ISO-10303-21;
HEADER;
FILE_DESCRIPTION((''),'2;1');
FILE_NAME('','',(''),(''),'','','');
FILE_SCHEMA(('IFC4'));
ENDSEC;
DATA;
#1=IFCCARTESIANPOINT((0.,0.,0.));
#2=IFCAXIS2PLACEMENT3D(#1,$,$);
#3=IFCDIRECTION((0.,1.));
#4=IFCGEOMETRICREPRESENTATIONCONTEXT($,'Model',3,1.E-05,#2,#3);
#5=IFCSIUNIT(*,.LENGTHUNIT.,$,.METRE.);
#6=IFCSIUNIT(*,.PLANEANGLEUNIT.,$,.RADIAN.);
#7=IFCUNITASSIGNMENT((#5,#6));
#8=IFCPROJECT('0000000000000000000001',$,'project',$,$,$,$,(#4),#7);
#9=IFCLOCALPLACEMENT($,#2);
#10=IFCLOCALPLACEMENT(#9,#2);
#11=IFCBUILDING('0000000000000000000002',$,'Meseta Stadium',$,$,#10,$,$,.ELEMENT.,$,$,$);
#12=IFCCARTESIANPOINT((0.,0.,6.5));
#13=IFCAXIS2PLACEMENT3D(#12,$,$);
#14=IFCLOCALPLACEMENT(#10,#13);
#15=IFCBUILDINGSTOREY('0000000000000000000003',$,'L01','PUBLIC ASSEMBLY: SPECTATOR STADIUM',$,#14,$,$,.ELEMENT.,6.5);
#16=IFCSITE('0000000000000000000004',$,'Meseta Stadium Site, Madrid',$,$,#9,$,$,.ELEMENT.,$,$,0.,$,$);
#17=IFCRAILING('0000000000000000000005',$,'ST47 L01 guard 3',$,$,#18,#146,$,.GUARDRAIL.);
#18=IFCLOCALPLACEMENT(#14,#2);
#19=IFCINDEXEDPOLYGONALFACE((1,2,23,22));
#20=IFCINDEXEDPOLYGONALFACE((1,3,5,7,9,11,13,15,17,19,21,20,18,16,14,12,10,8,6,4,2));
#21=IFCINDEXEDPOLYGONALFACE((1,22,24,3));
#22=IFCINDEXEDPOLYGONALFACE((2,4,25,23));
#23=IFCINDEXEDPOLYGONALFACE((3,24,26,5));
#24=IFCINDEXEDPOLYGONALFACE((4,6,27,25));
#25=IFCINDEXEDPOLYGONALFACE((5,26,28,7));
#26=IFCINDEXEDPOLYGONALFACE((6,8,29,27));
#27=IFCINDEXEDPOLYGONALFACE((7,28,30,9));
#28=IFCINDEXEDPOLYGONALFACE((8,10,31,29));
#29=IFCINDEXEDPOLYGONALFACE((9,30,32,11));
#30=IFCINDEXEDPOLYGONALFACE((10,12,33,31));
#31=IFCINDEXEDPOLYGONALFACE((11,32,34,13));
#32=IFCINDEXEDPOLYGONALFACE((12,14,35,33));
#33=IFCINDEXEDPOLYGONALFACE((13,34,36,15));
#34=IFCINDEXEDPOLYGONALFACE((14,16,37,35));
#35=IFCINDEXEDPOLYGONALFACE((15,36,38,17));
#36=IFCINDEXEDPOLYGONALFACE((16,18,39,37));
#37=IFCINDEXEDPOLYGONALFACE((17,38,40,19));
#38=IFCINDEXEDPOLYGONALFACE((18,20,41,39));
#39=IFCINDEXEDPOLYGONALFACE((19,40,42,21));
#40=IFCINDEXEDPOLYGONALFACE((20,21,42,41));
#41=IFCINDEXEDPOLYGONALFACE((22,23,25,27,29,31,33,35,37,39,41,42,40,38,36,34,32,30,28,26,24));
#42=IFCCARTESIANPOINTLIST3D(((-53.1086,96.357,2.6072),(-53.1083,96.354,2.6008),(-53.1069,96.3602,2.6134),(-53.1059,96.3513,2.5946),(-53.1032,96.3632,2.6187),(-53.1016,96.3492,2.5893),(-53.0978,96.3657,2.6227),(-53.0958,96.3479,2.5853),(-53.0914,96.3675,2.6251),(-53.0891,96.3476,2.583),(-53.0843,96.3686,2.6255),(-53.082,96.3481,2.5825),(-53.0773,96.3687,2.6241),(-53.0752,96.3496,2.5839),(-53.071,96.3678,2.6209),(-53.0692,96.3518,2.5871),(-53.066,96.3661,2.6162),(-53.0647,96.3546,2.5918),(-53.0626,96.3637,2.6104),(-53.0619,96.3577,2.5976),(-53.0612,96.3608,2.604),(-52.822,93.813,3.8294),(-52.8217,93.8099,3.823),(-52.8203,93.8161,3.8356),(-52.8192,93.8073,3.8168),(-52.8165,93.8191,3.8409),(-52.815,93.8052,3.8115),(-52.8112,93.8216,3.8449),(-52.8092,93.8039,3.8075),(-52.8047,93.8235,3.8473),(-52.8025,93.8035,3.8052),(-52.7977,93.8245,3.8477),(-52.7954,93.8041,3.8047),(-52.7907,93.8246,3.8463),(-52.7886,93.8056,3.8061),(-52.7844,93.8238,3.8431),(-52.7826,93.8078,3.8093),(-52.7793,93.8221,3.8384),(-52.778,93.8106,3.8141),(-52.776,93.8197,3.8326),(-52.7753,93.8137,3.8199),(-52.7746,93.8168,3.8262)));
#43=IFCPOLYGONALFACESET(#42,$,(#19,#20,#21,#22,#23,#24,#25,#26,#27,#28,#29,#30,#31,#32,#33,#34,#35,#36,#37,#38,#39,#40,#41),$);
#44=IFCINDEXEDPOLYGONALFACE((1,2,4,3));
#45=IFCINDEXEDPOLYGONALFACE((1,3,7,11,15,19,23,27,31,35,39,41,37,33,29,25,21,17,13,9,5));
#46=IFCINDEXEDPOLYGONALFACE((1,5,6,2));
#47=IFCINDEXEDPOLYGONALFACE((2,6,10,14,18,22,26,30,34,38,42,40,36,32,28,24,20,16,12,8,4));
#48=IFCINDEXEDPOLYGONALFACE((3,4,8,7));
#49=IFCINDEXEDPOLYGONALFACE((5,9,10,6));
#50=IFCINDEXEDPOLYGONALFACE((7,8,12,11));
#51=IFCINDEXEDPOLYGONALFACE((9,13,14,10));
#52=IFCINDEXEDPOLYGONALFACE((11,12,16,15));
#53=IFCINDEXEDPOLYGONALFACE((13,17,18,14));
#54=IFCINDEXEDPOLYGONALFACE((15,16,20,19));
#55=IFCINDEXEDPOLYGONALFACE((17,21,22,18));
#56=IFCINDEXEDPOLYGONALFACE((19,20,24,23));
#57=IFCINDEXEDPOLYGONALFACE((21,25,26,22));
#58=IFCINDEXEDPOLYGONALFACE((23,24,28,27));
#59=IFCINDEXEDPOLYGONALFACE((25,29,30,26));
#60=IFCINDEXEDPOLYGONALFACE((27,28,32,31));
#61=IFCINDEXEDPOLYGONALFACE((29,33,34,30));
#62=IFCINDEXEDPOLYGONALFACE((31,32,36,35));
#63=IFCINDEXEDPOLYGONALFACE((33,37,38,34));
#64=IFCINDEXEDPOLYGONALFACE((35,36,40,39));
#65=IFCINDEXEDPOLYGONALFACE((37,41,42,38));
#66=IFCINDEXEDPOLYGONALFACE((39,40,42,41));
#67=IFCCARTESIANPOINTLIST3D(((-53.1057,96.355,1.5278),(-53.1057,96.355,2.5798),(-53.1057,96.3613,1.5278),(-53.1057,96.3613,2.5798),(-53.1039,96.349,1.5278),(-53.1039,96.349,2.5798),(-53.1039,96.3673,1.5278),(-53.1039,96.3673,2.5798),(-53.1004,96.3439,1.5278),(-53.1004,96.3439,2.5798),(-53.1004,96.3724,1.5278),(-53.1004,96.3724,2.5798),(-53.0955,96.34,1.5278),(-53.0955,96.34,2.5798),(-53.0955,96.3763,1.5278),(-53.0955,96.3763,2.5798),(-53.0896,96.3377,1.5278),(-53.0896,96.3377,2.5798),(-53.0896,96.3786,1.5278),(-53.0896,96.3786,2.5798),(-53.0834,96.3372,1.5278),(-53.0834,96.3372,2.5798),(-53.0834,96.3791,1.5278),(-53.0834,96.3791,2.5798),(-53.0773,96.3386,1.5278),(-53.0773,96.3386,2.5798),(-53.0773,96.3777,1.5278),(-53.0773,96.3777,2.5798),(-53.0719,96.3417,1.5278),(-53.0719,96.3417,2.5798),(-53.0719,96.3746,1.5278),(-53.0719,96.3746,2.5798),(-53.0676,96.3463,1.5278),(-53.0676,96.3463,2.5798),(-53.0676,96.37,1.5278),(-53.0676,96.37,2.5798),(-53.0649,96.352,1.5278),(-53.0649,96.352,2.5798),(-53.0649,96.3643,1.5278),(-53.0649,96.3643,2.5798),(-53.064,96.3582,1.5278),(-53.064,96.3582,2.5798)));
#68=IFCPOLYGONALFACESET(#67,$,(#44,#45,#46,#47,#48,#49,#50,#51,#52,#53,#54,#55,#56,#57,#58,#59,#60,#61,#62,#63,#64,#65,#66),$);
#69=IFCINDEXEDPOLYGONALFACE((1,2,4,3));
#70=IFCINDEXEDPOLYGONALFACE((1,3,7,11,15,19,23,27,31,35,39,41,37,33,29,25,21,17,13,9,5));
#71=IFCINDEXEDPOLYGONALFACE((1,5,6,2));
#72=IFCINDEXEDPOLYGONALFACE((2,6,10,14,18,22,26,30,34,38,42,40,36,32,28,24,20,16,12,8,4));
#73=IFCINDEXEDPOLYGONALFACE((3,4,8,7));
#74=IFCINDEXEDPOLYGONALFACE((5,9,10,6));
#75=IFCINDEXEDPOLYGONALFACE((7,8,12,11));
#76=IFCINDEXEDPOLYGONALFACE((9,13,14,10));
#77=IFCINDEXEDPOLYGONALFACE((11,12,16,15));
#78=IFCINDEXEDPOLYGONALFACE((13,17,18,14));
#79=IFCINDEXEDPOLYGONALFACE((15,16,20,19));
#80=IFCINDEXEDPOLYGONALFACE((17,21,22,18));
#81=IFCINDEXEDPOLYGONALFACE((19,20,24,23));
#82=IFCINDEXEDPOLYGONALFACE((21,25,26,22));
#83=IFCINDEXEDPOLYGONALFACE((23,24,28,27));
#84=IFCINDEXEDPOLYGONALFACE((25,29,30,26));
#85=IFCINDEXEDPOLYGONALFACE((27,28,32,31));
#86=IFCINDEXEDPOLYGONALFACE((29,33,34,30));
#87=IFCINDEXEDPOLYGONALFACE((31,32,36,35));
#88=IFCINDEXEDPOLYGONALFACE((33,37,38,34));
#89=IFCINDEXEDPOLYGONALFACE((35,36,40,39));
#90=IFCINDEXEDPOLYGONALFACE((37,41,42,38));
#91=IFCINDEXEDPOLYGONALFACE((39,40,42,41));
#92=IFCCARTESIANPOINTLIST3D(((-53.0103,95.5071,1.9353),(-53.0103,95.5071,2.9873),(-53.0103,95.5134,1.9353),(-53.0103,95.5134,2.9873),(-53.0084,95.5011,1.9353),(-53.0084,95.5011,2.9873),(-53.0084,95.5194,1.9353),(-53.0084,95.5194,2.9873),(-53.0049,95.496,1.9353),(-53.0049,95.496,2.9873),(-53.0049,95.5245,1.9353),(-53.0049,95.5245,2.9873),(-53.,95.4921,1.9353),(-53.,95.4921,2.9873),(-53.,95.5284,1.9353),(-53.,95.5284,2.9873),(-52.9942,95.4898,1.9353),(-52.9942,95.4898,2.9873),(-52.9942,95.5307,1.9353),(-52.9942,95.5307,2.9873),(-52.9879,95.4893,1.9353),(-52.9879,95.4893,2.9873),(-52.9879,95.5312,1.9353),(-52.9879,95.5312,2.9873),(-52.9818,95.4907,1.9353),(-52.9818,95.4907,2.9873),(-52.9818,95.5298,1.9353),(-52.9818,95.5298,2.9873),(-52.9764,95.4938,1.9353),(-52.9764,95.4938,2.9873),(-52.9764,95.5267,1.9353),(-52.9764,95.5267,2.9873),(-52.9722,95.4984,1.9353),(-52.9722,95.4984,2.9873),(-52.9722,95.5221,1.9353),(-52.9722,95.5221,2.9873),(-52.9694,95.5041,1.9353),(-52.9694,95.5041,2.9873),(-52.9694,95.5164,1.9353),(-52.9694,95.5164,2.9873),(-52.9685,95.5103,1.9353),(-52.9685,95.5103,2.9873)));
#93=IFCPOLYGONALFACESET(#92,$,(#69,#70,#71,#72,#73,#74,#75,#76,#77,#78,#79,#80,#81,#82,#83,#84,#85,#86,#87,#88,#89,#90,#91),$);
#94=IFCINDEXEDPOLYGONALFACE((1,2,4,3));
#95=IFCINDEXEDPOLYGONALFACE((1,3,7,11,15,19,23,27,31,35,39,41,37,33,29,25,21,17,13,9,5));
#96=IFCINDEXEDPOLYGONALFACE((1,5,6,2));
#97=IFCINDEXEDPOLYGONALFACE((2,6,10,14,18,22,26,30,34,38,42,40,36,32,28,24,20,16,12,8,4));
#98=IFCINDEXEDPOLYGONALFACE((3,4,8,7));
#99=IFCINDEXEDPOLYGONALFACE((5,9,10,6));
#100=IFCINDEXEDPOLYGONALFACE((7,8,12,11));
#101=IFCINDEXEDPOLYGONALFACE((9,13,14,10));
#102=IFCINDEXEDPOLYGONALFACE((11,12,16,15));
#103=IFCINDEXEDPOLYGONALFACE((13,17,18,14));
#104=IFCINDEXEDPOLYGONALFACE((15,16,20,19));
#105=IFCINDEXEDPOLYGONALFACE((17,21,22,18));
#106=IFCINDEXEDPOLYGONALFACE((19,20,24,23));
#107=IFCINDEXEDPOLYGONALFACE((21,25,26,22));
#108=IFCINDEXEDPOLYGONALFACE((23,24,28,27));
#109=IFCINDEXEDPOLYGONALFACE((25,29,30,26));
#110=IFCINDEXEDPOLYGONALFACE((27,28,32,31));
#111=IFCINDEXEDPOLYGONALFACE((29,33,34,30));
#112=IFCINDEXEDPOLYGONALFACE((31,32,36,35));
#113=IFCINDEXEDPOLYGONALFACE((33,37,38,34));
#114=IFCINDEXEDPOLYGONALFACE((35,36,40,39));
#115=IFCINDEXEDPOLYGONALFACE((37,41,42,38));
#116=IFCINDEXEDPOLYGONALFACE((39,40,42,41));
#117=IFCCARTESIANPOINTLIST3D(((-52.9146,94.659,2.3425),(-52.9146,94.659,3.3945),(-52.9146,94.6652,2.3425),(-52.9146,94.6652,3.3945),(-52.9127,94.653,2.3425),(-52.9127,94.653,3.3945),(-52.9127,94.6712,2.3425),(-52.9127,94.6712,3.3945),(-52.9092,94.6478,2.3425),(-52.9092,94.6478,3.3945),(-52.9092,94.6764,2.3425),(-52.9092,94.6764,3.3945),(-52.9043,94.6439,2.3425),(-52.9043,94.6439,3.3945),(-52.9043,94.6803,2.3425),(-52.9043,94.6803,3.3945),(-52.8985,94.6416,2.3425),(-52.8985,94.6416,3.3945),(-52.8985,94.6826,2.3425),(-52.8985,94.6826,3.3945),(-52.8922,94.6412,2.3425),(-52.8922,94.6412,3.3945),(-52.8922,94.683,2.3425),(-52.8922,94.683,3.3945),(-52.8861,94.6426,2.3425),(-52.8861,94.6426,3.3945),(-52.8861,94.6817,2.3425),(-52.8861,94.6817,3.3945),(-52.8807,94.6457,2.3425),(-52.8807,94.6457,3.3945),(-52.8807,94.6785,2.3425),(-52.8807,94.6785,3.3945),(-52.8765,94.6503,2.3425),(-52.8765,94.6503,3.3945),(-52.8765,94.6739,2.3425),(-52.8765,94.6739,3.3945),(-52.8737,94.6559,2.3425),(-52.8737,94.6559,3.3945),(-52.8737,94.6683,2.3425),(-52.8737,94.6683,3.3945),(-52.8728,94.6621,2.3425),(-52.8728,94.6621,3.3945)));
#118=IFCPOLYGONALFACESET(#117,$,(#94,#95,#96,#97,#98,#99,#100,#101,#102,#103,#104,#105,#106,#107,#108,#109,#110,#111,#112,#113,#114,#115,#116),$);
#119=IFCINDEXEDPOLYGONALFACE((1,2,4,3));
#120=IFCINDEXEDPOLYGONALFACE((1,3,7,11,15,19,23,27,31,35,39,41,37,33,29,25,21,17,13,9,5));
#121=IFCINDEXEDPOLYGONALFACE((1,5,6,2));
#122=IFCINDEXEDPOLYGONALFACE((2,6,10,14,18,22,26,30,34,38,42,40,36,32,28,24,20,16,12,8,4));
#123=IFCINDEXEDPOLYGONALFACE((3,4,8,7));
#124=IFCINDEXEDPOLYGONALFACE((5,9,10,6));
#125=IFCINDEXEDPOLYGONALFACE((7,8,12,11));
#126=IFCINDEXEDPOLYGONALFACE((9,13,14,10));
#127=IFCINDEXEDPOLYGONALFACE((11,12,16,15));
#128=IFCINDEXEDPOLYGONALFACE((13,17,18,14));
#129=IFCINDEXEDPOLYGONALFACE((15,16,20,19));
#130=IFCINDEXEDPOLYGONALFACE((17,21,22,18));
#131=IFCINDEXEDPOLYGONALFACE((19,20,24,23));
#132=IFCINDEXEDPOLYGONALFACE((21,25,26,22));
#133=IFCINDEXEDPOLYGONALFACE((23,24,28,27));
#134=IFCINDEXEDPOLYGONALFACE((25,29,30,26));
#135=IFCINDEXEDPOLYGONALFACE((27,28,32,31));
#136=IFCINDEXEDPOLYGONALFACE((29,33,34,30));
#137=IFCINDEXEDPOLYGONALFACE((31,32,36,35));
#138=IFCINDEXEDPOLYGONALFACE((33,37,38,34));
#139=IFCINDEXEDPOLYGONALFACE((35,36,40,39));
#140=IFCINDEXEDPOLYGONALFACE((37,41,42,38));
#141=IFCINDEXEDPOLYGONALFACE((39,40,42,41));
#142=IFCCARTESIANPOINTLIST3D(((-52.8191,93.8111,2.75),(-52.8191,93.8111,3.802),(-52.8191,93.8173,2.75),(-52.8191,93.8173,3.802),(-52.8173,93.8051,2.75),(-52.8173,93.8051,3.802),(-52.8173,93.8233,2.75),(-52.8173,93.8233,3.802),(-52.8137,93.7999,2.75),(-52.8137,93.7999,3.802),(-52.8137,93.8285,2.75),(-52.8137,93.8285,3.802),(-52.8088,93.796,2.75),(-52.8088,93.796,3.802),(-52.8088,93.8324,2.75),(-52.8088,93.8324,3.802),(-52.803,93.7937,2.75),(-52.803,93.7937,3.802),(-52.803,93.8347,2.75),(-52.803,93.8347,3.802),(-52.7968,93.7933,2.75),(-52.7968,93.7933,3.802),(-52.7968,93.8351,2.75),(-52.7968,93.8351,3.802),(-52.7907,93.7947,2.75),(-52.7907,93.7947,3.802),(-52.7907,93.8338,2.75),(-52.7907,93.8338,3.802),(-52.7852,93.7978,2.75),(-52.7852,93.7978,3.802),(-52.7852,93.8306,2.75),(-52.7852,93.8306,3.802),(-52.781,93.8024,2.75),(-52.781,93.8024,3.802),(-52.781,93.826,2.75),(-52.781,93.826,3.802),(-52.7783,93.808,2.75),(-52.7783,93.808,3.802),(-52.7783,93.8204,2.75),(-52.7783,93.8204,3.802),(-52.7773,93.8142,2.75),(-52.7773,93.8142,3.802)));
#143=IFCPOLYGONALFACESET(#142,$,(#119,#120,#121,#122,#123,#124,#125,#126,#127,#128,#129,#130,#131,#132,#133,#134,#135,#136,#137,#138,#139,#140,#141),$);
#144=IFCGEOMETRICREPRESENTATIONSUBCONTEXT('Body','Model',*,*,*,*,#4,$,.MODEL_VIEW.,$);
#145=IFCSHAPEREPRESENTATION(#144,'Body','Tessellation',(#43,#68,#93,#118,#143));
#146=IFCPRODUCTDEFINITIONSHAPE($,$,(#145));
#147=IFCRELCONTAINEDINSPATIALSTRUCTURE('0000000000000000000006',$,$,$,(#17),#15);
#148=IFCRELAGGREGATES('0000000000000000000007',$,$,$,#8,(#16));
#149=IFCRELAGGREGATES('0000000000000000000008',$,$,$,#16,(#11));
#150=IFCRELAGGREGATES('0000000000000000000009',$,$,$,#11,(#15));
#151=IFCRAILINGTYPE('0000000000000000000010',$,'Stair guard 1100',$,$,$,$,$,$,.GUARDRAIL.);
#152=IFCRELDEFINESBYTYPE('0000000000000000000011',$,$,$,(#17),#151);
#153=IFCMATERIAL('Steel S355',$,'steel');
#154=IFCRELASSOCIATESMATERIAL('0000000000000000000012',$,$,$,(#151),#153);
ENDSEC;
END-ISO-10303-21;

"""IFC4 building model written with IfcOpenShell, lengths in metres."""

from ifc_helpers import new_model, si_unit, direction, frame, origin, origin_2d, place, context, subcontext, project, spatial, circle, extrude, material, type_object, element, save


model = new_model("IFC4")

# Units and contexts
model_context = context("Model", 3, precision=1e-05, world=origin(), true_north=direction((0.0, 1.0)))
body_context = subcontext(model_context, "Body", "Model", "MODEL_VIEW")
ifc_project = project(units=[si_unit("LENGTHUNIT", "METRE"), si_unit("PLANEANGLEUNIT", "RADIAN")], contexts=[model_context])

# Site, building, storey
site_placement = place(None, origin())
site = spatial("IfcSite", under=ifc_project, at=site_placement, Name="Meseta Stadium Site, Madrid", CompositionType="ELEMENT", RefElevation=0.0)
building_placement = place(site_placement, origin())
building = spatial("IfcBuilding", under=site, at=building_placement, Name="Meseta Stadium", CompositionType="ELEMENT")
storey_placement = place(building_placement, frame((0.0, 0.0, 6.5)))
storey = spatial("IfcBuildingStorey", under=building, at=storey_placement, Name="L01", Description="PUBLIC ASSEMBLY: SPECTATOR STADIUM", CompositionType="ELEMENT", Elevation=6.5)

# Railing
ifc_material_1 = material(Name="Steel S355", Category="steel")
railing_type_1 = type_object("IfcRailingType", Name="Stair guard 1100", PredefinedType="GUARDRAIL", material=ifc_material_1)
railing_1_placement = place(storey_placement, frame((-53.085, 96.3582, 1.5278)))
element("IfcRailing", 1, at=railing_1_placement, inside=storey, type_object=railing_type_1, Name="ST47 L01 guard 3", PredefinedType="GUARDRAIL", context=body_context, shape_type="SweptSolid", body=[
    extrude(circle(Radius=0.0239, at=origin_2d()), frame((0.0, 0.0, 1.0762), z_axis=(0.101036, -0.896762, 0.430824), x_axis=(0.993713, 0.11196, 0.0)), (0.0, 0.0, 1.0), 2.8369),
    extrude(circle(Radius=0.021, at=origin_2d()), origin(), (0.0, 0.0, 1.0), 1.052),
    extrude(circle(Radius=0.021, at=origin_2d()), frame((0.0955, -0.8479, 0.4075)), (0.0, 0.0, 1.0), 1.052),
    extrude(circle(Radius=0.021, at=origin_2d()), frame((0.1912, -1.696, 0.8147)), (0.0, 0.0, 1.0), 1.052),
    extrude(circle(Radius=0.021, at=origin_2d()), frame((0.2866, -2.5439, 1.2222)), (0.0, 0.0, 1.0), 1.052),
])

save(model, "model.ifc")
